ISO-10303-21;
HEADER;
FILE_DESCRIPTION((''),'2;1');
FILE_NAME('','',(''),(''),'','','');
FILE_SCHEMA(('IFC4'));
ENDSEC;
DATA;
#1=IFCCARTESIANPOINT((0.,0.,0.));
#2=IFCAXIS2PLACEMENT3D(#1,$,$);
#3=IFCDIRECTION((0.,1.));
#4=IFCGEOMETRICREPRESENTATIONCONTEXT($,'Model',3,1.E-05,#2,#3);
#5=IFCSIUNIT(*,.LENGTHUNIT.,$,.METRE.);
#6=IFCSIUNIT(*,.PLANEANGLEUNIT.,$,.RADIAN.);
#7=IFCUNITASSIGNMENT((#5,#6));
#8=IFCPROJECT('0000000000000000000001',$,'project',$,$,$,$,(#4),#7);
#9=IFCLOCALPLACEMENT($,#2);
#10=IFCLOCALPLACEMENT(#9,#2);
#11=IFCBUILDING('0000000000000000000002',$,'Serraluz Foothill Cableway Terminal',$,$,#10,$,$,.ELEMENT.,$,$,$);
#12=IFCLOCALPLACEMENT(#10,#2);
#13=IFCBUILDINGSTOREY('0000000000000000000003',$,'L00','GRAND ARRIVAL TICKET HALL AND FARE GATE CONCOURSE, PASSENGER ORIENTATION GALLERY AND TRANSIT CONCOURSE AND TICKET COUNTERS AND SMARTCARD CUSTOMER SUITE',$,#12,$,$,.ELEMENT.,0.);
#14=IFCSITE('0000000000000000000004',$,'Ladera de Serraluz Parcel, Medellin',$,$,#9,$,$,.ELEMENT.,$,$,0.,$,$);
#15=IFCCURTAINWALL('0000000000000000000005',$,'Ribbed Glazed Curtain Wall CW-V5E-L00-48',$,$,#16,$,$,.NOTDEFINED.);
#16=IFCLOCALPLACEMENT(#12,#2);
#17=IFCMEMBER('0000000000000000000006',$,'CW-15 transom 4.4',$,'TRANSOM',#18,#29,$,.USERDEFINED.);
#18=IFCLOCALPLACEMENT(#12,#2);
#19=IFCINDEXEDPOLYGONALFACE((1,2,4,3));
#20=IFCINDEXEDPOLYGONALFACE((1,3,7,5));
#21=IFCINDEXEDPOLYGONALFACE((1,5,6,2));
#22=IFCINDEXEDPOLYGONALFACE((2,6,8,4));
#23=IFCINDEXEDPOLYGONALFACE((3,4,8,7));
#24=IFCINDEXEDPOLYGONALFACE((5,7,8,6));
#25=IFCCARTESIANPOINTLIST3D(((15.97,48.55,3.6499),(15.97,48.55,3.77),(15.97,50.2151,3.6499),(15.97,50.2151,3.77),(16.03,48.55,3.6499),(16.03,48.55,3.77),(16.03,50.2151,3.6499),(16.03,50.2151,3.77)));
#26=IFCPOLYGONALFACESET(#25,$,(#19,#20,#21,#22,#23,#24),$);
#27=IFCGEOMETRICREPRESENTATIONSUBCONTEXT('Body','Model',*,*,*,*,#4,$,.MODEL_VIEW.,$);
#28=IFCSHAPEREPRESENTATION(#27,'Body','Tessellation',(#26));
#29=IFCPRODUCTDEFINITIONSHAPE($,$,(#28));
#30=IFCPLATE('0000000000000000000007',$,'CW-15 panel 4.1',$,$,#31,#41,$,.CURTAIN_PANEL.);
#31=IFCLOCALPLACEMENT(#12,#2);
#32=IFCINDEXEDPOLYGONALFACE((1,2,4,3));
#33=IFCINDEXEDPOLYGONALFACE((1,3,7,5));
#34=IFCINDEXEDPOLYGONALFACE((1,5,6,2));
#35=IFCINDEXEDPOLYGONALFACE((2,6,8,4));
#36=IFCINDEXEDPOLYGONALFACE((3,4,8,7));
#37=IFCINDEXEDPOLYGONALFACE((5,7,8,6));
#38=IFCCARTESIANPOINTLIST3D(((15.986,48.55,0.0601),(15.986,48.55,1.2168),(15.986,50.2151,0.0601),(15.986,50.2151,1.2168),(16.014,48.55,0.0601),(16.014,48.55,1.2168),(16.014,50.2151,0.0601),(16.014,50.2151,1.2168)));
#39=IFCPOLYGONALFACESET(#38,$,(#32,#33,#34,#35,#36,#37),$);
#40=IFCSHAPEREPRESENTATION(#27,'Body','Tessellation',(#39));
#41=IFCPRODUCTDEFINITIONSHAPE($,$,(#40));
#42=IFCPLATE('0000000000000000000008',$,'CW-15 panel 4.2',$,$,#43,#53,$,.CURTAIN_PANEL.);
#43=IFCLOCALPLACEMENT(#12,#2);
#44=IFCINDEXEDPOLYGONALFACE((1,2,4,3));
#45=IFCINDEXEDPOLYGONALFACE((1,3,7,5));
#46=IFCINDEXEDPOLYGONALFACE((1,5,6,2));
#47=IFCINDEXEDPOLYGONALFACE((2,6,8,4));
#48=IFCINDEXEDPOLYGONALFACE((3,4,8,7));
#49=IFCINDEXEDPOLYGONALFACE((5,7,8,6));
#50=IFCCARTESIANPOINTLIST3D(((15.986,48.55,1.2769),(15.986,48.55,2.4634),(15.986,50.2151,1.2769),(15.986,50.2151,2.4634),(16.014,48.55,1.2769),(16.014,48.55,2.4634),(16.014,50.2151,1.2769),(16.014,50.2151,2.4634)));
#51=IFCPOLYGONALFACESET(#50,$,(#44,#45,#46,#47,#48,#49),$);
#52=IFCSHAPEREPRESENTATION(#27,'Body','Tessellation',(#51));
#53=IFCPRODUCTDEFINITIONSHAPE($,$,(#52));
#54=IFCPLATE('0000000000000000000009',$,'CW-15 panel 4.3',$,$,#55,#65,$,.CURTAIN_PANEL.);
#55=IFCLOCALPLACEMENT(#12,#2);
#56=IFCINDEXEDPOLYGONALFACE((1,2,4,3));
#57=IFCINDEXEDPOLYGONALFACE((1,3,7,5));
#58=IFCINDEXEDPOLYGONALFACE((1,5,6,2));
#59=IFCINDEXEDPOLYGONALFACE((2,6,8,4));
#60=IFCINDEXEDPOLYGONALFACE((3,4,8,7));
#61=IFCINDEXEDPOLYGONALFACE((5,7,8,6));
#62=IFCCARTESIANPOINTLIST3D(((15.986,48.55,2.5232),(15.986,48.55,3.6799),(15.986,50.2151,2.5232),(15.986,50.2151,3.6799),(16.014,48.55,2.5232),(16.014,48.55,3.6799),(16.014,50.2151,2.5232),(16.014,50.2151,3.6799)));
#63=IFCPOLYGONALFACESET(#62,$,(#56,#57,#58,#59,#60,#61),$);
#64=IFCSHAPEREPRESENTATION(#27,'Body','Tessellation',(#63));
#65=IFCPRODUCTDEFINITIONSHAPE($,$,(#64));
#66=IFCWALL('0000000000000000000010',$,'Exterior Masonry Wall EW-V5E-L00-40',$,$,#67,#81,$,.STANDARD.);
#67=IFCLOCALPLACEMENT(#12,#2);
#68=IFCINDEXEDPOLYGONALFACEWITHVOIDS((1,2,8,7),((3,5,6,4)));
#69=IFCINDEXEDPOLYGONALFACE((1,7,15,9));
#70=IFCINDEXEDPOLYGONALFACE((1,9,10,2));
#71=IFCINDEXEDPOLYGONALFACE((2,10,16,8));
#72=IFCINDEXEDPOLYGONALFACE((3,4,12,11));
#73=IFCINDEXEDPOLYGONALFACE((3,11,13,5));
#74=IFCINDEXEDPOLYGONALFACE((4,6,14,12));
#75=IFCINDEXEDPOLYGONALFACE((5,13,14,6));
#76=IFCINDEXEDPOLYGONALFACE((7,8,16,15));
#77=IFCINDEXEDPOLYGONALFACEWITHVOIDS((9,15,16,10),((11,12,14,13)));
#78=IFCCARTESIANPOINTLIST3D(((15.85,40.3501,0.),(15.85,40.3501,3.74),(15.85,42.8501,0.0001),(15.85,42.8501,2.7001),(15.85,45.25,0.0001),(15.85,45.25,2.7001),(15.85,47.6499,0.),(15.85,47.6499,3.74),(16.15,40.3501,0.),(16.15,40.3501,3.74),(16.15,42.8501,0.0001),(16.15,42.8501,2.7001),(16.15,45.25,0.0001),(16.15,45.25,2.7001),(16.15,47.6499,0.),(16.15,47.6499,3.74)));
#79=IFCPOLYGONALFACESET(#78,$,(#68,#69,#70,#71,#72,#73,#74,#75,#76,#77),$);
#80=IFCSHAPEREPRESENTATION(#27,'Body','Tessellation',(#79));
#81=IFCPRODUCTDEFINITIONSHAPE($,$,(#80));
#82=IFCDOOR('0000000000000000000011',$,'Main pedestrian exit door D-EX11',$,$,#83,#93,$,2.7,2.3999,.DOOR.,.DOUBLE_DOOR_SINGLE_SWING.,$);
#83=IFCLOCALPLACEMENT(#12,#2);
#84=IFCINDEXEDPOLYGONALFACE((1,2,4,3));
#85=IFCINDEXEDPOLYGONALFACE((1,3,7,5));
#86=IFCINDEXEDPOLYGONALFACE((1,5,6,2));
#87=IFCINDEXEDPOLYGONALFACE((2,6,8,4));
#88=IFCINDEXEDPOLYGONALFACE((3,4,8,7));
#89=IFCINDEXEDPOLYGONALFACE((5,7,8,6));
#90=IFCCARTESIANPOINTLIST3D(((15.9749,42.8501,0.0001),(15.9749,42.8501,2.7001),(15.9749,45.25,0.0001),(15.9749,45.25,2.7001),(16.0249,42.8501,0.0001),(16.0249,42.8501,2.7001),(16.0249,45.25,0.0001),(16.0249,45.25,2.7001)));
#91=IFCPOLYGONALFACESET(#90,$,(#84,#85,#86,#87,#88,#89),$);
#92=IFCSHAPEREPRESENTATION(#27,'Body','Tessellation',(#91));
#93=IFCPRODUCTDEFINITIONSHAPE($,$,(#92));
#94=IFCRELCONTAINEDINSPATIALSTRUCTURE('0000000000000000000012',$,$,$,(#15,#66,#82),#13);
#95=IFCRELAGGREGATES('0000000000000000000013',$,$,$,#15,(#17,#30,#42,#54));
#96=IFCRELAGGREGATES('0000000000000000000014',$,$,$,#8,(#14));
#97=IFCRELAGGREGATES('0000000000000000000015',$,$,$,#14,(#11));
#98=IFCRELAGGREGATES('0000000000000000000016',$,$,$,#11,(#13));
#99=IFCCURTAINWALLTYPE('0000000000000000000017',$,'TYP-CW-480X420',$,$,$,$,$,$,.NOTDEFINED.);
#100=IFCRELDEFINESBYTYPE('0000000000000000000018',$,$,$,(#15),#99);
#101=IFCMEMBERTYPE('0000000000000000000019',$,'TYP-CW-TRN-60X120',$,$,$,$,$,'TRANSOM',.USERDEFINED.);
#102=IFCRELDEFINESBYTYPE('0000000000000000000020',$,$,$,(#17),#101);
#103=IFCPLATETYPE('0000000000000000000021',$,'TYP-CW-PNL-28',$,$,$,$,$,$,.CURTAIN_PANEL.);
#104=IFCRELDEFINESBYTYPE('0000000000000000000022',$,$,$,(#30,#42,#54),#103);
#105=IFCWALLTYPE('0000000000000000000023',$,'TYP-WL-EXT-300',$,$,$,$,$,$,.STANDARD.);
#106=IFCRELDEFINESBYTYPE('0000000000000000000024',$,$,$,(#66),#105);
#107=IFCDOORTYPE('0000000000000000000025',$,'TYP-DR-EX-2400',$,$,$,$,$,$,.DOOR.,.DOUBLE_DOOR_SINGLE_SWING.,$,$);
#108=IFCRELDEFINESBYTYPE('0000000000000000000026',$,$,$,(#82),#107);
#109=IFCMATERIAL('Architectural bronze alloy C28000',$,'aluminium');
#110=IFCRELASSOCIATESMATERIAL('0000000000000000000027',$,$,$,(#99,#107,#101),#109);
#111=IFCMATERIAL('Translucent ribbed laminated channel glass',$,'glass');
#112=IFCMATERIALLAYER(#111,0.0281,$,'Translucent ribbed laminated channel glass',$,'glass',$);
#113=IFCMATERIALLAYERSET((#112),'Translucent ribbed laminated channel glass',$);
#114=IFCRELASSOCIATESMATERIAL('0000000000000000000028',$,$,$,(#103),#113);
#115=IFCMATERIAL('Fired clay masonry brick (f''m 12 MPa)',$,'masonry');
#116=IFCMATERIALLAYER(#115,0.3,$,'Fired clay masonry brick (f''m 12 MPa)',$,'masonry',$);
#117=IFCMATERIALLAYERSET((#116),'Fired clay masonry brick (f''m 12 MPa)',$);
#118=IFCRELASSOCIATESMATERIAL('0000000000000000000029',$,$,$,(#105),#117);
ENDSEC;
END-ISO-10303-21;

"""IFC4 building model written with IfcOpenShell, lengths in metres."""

from ifc_helpers import new_model, si_unit, direction, frame, frame_2d, origin, origin_2d, place, context, subcontext, project, spatial, rectangle, extrude, material, layer, layer_set, material_profile, profile_set, type_object, element, fill, aggregate, save


model = new_model("IFC4")

# Units and contexts
model_context = context("Model", 3, precision=1e-05, world=origin(), true_north=direction((0.0, 1.0)))
body_context = subcontext(model_context, "Body", "Model", "MODEL_VIEW")
ifc_project = project(units=[si_unit("LENGTHUNIT", "METRE"), si_unit("PLANEANGLEUNIT", "RADIAN")], contexts=[model_context])

# Site, building, storey
site_placement = place(None, origin())
site = spatial("IfcSite", under=ifc_project, at=site_placement, Name="Ladera de Serraluz Parcel, Medellin", CompositionType="ELEMENT", RefElevation=0.0)
building_placement = place(site_placement, origin())
building = spatial("IfcBuilding", under=site, at=building_placement, Name="Serraluz Foothill Cableway Terminal", CompositionType="ELEMENT")
storey_placement = place(building_placement, origin())
storey = spatial("IfcBuildingStorey", under=building, at=storey_placement, Name="L00", Description="GRAND ARRIVAL TICKET HALL AND FARE GATE CONCOURSE, PASSENGER ORIENTATION GALLERY AND TRANSIT CONCOURSE AND TICKET COUNTERS AND SMARTCARD CUSTOMER SUITE", CompositionType="ELEMENT", Elevation=0.0)

# Shared definitions
ifc_material_1 = material(Name="Architectural bronze alloy C28000", Category="aluminium")

# Curtain wall
curtain_wall_type_1 = type_object("IfcCurtainWallType", Name="TYP-CW-480X420", PredefinedType="NOTDEFINED", material=ifc_material_1)
curtain_wall_1_placement = place(storey_placement, origin())
curtain_wall_1 = element("IfcCurtainWall", 1, at=curtain_wall_1_placement, inside=storey, type_object=curtain_wall_type_1, Name="Ribbed Glazed Curtain Wall CW-V5E-L00-48", PredefinedType="NOTDEFINED")

# Member
ifc_material_profile_1 = material_profile(ifc_material_1, rectangle(XDim=0.0601, YDim=0.1201, at=origin_2d()), Name="ALU TRANSOM 60x120")
ifc_profile_set_1 = profile_set([ifc_material_profile_1], Name="Architectural bronze alloy C28000")
member_type_1 = type_object("IfcMemberType", Name="TYP-CW-TRN-60X120", ElementType="TRANSOM", PredefinedType="USERDEFINED", material=ifc_profile_set_1)
member_1_placement = place(storey_placement, frame((16.0, 50.2151, 3.71), z_axis=(0.0, -1.0, 0.0), x_axis=(1.0, 0.0, 0.0)))
member_1 = element("IfcMember", 2, at=member_1_placement, type_object=member_type_1, Name="CW-15 transom 4.4", ObjectType="TRANSOM", PredefinedType="USERDEFINED", context=body_context, shape_type="SweptSolid", body=[
    extrude(rectangle(XDim=0.0601, YDim=0.1201, at=origin_2d()), origin(), (0.0, 0.0, 1.0), 1.665),
])

# Plates
ifc_material_2 = material(Name="Translucent ribbed laminated channel glass", Category="glass")
ifc_layer_1 = layer(ifc_material_2, 0.0281, Name="Translucent ribbed laminated channel glass", Category="glass")
ifc_layer_set_1 = layer_set([ifc_layer_1], Name="Translucent ribbed laminated channel glass")
plate_type = type_object("IfcPlateType", Name="TYP-CW-PNL-28", PredefinedType="CURTAIN_PANEL", material=ifc_layer_set_1)
plate_1_placement = place(storey_placement, frame((16.0, 49.3826, 0.0601), z_axis=(0.0, 0.0, 1.0), x_axis=(0.0, -1.0, 0.0)))
plate_1 = element("IfcPlate", 3, at=plate_1_placement, type_object=plate_type, Name="CW-15 panel 4.1", PredefinedType="CURTAIN_PANEL", context=body_context, shape_type="SweptSolid", body=[
    extrude(rectangle(XDim=1.665, YDim=0.0281, at=origin_2d()), origin(), (0.0, 0.0, 1.0), 1.1567),
])
plate_2_placement = place(storey_placement, frame((16.0, 49.3826, 1.2769), z_axis=(0.0, 0.0, 1.0), x_axis=(0.0, -1.0, 0.0)))
plate_2 = element("IfcPlate", 4, at=plate_2_placement, type_object=plate_type, Name="CW-15 panel 4.2", PredefinedType="CURTAIN_PANEL", context=body_context, shape_type="SweptSolid", body=[
    extrude(rectangle(XDim=1.665, YDim=0.0281, at=origin_2d()), origin(), (0.0, 0.0, 1.0), 1.1865),
])
plate_3_placement = place(storey_placement, frame((16.0, 49.3826, 2.5232), z_axis=(0.0, 0.0, 1.0), x_axis=(0.0, -1.0, 0.0)))
plate_3 = element("IfcPlate", 5, at=plate_3_placement, type_object=plate_type, Name="CW-15 panel 4.3", PredefinedType="CURTAIN_PANEL", context=body_context, shape_type="SweptSolid", body=[
    extrude(rectangle(XDim=1.665, YDim=0.0281, at=origin_2d()), origin(), (0.0, 0.0, 1.0), 1.1567),
])
aggregate(curtain_wall_1, [member_1, plate_1, plate_2, plate_3])

# Wall, opening, door
ifc_material_3 = material(Name="Fired clay masonry brick (f'm 12 MPa)", Category="masonry")
ifc_layer_2 = layer(ifc_material_3, 0.3, Name="Fired clay masonry brick (f'm 12 MPa)", Category="masonry")
ifc_layer_set_2 = layer_set([ifc_layer_2], Name="Fired clay masonry brick (f'm 12 MPa)")
wall_type = type_object("IfcWallType", Name="TYP-WL-EXT-300", PredefinedType="STANDARD", material=ifc_layer_set_2)
wall_placement = place(storey_placement, frame((16.0, 47.6499, 0.0), z_axis=(0.0, 0.0, 1.0), x_axis=(0.0, -1.0, 0.0)))
wall = element("IfcWall", 6, at=wall_placement, inside=storey, type_object=wall_type, Name="Exterior Masonry Wall EW-V5E-L00-40", PredefinedType="STANDARD", context=body_context, shape_type="SweptSolid", body=[
    extrude(rectangle(XDim=7.2998, YDim=0.3, at=frame_2d((3.6499, 0.0))), origin(), (0.0, 0.0, 1.0), 3.74),
])
opening_placement = place(wall_placement, frame((2.3999, 0.0, 0.0)))
opening = element("IfcOpeningElement", 7, at=opening_placement, cuts=wall, PredefinedType="OPENING", context=body_context, shape_type="SweptSolid", body=[
    extrude(rectangle(XDim=2.3999, YDim=2.7, at=frame_2d((1.2, 1.3501))), frame((0.0, 0.1602, 0.0), z_axis=(0.0, -1.0, 0.0), x_axis=(1.0, 0.0, 0.0)), (0.0, 0.0, 1.0), 0.3201),
])
door_type = type_object("IfcDoorType", Name="TYP-DR-EX-2400", OperationType="DOUBLE_DOOR_SINGLE_SWING", PredefinedType="DOOR", material=ifc_material_1)
door_placement = place(opening_placement, origin())
door = element("IfcDoor", 8, at=door_placement, inside=storey, type_object=door_type, Name="Main pedestrian exit door D-EX11", OperationType="DOUBLE_DOOR_SINGLE_SWING", OverallHeight=2.7, OverallWidth=2.3999, PredefinedType="DOOR", context=body_context, shape_type="SweptSolid", body=[
    extrude(rectangle(XDim=2.3999, YDim=2.7, at=frame_2d((1.2, 1.3501))), frame((0.0, 0.0249, 0.0), z_axis=(0.0, -1.0, 0.0), x_axis=(1.0, 0.0, 0.0)), (0.0, 0.0, 1.0), 0.05),
])
fill(opening, door)

save(model, "model.ifc")
